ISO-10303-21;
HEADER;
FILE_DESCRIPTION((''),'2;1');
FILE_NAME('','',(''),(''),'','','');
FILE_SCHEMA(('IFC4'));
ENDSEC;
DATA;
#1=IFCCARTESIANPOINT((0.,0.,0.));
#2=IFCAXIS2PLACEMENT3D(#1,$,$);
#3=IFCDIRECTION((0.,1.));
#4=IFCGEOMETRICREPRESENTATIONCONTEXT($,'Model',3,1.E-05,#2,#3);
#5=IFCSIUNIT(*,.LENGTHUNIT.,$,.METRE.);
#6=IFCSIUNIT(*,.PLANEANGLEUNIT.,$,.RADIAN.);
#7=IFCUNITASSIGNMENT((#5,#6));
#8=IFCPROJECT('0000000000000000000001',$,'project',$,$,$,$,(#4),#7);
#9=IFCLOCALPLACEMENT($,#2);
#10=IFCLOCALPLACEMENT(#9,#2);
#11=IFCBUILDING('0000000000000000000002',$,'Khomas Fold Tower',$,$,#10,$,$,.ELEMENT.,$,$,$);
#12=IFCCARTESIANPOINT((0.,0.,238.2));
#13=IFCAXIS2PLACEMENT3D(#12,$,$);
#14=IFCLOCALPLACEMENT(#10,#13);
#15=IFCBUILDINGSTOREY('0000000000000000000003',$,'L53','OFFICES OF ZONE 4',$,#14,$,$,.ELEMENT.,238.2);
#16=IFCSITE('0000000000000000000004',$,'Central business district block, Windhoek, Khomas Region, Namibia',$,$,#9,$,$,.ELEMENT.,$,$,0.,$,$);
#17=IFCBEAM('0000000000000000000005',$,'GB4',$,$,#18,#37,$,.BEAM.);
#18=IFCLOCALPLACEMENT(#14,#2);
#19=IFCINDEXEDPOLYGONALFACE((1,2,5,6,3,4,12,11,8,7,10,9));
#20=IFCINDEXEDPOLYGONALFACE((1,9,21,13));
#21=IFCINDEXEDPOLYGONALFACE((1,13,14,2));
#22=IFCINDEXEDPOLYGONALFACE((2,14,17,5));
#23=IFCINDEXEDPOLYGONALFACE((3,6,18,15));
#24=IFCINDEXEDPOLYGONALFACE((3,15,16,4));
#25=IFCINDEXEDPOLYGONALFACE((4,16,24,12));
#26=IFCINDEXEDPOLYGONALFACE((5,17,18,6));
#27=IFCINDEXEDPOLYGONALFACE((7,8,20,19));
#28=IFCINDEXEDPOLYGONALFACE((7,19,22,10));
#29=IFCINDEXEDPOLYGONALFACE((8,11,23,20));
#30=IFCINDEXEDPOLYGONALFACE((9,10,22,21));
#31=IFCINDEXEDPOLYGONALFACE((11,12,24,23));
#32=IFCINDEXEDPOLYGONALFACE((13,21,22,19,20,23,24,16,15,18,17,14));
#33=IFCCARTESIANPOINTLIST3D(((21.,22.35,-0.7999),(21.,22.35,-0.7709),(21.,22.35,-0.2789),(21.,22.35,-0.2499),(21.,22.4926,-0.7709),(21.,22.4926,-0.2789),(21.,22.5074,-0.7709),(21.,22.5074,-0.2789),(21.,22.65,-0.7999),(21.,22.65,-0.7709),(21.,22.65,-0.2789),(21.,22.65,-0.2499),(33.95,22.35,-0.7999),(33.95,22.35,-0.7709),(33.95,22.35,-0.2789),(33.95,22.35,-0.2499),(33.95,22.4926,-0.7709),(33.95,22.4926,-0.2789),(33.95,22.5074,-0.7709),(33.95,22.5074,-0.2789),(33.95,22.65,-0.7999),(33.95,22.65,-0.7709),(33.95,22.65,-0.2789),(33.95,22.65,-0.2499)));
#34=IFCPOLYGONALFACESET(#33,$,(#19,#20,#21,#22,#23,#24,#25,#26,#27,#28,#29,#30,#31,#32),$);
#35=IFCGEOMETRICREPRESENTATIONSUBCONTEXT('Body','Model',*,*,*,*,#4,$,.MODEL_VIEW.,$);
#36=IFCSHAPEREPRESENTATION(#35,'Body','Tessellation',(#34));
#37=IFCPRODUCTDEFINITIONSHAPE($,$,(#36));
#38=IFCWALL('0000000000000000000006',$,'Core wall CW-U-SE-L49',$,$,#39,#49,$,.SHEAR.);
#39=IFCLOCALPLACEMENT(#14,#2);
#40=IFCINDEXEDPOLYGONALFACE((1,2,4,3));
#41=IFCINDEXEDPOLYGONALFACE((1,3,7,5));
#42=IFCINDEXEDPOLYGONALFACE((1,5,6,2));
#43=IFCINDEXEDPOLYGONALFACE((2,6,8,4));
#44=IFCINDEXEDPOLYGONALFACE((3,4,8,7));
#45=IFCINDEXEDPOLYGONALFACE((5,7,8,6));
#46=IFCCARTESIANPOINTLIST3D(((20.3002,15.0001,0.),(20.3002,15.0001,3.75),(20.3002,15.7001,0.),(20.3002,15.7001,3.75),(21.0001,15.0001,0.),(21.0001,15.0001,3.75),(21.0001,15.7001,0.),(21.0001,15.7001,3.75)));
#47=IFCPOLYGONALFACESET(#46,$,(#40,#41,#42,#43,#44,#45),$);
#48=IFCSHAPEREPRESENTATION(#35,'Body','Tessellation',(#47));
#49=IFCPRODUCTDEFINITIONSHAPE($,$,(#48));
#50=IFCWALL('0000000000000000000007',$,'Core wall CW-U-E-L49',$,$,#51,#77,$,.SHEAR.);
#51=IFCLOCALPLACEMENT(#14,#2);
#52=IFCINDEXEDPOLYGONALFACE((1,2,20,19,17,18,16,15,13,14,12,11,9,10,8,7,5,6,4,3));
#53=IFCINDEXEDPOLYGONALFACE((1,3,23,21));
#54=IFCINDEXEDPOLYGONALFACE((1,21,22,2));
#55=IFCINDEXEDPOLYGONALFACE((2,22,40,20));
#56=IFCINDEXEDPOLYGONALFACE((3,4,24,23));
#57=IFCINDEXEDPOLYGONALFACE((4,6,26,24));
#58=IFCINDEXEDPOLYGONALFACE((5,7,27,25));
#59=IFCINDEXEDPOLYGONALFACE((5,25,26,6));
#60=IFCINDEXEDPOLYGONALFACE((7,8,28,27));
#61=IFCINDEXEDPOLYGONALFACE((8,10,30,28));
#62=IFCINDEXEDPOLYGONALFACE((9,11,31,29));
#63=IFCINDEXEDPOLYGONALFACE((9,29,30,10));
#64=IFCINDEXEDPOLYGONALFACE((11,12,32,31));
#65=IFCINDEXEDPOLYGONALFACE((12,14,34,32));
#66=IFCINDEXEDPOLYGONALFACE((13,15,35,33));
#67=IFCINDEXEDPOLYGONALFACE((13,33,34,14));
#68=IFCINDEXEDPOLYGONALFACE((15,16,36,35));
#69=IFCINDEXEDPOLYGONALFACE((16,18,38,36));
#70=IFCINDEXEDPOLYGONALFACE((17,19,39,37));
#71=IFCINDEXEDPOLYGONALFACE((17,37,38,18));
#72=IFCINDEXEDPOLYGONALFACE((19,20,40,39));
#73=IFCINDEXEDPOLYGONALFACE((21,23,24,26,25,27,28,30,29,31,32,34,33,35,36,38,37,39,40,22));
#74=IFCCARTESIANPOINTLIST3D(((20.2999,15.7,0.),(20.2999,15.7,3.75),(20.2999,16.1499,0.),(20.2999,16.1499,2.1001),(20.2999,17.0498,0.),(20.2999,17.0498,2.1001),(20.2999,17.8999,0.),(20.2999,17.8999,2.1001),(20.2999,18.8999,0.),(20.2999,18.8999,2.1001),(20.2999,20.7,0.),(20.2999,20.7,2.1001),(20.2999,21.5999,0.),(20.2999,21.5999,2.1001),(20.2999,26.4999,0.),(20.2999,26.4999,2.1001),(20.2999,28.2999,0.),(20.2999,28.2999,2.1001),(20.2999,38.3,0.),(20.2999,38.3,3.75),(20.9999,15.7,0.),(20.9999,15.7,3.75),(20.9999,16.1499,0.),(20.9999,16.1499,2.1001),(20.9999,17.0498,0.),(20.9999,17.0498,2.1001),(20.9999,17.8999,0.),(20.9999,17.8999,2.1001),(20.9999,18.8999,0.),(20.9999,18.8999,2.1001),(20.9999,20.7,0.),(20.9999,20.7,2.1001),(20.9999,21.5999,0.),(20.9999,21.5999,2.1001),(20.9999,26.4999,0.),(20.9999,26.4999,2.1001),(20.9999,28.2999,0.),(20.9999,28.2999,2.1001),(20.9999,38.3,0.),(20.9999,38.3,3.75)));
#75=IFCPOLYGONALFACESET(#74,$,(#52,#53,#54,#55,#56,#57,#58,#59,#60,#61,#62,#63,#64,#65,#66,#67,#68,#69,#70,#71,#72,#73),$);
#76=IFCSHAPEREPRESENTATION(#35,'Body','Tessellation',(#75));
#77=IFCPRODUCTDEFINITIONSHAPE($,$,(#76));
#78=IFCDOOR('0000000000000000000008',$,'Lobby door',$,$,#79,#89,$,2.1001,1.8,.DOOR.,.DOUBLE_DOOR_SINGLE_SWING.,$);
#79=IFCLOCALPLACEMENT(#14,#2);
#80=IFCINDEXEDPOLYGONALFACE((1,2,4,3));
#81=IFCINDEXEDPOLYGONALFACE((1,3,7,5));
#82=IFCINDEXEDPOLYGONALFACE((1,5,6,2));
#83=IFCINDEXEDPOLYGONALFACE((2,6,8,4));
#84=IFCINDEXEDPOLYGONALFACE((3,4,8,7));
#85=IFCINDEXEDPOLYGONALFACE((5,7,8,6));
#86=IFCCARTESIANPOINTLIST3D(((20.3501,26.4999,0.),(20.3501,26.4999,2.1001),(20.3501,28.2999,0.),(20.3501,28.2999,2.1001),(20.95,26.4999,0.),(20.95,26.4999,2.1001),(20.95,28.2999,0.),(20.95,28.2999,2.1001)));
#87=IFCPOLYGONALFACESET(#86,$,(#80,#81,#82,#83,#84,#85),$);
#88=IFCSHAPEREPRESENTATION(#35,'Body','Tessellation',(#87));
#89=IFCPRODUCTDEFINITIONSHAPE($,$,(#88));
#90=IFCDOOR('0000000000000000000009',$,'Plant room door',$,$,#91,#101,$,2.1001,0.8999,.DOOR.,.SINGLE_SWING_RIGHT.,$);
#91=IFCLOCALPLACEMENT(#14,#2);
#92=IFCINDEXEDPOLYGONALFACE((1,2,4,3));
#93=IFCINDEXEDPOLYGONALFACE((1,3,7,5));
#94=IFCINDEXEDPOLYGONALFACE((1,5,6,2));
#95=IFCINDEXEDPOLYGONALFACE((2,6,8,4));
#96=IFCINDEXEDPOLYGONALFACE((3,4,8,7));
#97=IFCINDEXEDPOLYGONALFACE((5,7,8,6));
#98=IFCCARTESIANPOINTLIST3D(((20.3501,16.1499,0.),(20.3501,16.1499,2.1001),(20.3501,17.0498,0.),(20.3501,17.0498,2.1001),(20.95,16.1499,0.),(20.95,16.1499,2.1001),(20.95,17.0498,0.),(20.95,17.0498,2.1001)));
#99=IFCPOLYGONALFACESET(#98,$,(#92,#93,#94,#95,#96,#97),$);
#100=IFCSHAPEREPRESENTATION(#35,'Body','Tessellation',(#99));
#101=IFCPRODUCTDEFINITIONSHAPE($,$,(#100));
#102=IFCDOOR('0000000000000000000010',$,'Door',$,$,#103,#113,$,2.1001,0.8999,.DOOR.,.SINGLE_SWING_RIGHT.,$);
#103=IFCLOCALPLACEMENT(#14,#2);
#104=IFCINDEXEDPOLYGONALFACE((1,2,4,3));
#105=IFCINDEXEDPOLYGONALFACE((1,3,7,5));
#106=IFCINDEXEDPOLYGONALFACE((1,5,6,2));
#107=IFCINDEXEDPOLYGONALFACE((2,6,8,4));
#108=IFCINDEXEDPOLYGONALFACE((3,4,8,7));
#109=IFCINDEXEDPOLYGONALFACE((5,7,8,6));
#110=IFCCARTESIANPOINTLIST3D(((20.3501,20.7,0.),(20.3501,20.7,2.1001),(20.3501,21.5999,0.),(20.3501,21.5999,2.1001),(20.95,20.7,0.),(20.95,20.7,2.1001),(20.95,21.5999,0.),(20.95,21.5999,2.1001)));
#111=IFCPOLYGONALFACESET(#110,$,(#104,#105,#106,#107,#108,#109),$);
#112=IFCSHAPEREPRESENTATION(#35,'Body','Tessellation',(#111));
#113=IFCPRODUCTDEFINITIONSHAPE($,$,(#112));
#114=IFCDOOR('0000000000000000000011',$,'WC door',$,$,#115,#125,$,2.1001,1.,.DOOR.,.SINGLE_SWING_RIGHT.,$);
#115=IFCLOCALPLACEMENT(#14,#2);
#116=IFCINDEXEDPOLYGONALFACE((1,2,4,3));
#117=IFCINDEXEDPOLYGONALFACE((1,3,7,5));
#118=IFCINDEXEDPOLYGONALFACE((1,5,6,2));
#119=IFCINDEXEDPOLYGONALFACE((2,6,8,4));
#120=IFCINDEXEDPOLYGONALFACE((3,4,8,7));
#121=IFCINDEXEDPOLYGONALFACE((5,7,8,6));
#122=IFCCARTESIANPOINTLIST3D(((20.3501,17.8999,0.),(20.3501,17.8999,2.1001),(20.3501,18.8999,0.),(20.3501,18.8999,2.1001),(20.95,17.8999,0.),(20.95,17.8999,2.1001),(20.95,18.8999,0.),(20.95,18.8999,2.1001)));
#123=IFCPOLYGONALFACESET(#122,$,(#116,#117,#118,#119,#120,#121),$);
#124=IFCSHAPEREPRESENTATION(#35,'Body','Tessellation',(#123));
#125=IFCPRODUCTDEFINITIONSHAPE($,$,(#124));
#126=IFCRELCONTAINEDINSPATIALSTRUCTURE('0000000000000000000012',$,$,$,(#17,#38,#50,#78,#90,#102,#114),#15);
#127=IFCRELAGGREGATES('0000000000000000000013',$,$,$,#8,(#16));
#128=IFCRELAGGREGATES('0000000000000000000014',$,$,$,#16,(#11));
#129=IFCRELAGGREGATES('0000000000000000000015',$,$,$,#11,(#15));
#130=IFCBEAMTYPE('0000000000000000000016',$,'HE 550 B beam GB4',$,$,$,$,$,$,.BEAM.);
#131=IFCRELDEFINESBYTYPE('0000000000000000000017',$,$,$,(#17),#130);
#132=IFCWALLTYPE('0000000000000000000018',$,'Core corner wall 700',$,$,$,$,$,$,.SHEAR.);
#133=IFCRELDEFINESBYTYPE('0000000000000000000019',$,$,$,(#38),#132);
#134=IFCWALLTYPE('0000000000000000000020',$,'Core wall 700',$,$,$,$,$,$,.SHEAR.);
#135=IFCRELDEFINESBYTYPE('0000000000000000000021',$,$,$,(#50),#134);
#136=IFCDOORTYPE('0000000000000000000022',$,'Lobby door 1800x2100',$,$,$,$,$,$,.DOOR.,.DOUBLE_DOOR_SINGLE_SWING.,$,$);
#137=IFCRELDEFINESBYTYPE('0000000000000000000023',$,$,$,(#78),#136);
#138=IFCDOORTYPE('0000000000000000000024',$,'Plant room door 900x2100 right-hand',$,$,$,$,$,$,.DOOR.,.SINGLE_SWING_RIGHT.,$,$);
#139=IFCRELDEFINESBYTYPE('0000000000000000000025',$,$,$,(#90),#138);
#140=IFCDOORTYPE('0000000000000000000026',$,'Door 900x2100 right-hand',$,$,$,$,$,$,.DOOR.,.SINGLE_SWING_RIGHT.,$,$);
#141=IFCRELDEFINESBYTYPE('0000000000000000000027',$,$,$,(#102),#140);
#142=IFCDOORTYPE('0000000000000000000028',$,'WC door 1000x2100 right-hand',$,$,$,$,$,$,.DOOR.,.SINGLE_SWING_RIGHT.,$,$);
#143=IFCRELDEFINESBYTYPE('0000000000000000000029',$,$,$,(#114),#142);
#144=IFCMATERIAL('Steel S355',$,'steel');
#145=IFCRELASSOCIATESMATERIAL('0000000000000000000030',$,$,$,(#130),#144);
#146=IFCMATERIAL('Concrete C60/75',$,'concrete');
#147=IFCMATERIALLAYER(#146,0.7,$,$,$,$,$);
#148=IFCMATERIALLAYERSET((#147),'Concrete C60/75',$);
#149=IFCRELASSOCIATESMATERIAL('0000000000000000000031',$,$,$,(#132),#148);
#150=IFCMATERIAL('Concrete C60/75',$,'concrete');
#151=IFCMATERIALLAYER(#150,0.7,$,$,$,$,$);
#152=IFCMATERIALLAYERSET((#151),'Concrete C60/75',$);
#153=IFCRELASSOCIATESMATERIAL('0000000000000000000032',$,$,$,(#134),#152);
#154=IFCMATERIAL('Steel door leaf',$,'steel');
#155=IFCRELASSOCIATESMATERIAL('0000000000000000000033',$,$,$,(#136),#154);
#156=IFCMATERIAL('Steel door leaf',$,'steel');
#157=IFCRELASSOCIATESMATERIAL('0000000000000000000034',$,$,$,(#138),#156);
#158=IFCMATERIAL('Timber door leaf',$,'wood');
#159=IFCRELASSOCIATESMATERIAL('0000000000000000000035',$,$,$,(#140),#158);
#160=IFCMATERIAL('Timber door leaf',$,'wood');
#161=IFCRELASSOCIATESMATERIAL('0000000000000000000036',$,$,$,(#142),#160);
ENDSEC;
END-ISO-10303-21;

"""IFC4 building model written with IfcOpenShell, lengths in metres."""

from ifc_helpers import new_model, si_unit, direction, frame, frame_2d, origin, origin_2d, place, context, subcontext, project, spatial, rectangle, i_section, extrude, source, transform, mapped, material, layer, layer_set, material_profile, profile_set, type_object, element, fill, save


model = new_model("IFC4")

# Units and contexts
model_context = context("Model", 3, precision=1e-05, world=origin(), true_north=direction((0.0, 1.0)))
body_context = subcontext(model_context, "Body", "Model", "MODEL_VIEW")
ifc_project = project(units=[si_unit("LENGTHUNIT", "METRE"), si_unit("PLANEANGLEUNIT", "RADIAN")], contexts=[model_context])

# Site, building, storey
site_placement = place(None, origin())
site = spatial("IfcSite", under=ifc_project, at=site_placement, Name="Central business district block, Windhoek, Khomas Region, Namibia", CompositionType="ELEMENT", RefElevation=0.0)
building_placement = place(site_placement, origin())
building = spatial("IfcBuilding", under=site, at=building_placement, Name="Khomas Fold Tower", CompositionType="ELEMENT")
storey_placement = place(building_placement, frame((0.0, 0.0, 238.2)))
storey = spatial("IfcBuildingStorey", under=building, at=storey_placement, Name="L53", Description="OFFICES OF ZONE 4", CompositionType="ELEMENT", Elevation=238.2)

# Beam
ifc_material_1 = material(Name="Steel S355", Category="steel")
ifc_material_profile = material_profile(ifc_material_1, i_section(OverallWidth=0.3, OverallDepth=0.55, WebThickness=0.0149, FlangeThickness=0.0291, at=origin_2d()), Name="HE 550 B")
ifc_profile_set = profile_set([ifc_material_profile], Name="Steel S355")
beam_type = type_object("IfcBeamType", Name="HE 550 B beam GB4", PredefinedType="BEAM", material=ifc_profile_set)
shared_shape_1 = source(origin(), body_context, "Body", "SweptSolid", [
    extrude(i_section(OverallWidth=0.3, OverallDepth=0.55, WebThickness=0.0149, FlangeThickness=0.0291, at=origin_2d()), origin(), (0.0, 0.0, 1.0), 12.95),
])
beam_placement = place(storey_placement, frame((21.0, 22.5, -0.5249), z_axis=(1.0, 0.0, 0.0), x_axis=(0.0, 1.0, 0.0)))
element("IfcBeam", 1, at=beam_placement, inside=storey, type_object=beam_type, Name="GB4", PredefinedType="BEAM", context=body_context, shape_type="MappedRepresentation", body=[
    mapped(shared_shape_1, transform((0.0, 0.0, 0.0))),
])

# Wall
ifc_material_2 = material(Name="Concrete C60/75", Category="concrete")
ifc_layer_1 = layer(ifc_material_2, 0.7)
ifc_layer_set_1 = layer_set([ifc_layer_1], Name="Concrete C60/75")
wall_type_1 = type_object("IfcWallType", Name="Core corner wall 700", PredefinedType="SHEAR", material=ifc_layer_set_1)
shared_shape_2 = source(origin(), body_context, "Body", "SweptSolid", [
    extrude(rectangle(XDim=0.7, YDim=0.7, at=frame_2d((0.3501, 0.0))), origin(), (0.0, 0.0, 1.0), 3.75),
])
wall_1_placement = place(storey_placement, frame((20.3, 15.3501, 0.0), z_axis=(0.0, 0.0, 1.0), x_axis=(1.0, 0.0, 0.0)))
element("IfcWall", 2, at=wall_1_placement, inside=storey, type_object=wall_type_1, Name="Core wall CW-U-SE-L49", PredefinedType="SHEAR", context=body_context, shape_type="MappedRepresentation", body=[
    mapped(shared_shape_2, transform((0.0, 0.0, 0.0))),
])

# Wall, openings, doors
ifc_material_3 = material(Name="Concrete C60/75", Category="concrete")
ifc_layer_2 = layer(ifc_material_3, 0.7)
ifc_layer_set_2 = layer_set([ifc_layer_2], Name="Concrete C60/75")
wall_type_2 = type_object("IfcWallType", Name="Core wall 700", PredefinedType="SHEAR", material=ifc_layer_set_2)
shared_shape_3 = source(origin(), body_context, "Body", "SweptSolid", [
    extrude(rectangle(XDim=22.6001, YDim=0.7, at=frame_2d((11.3, 0.0))), origin(), (0.0, 0.0, 1.0), 3.75),
])
wall_2_placement = place(storey_placement, frame((20.6499, 15.7, 0.0), z_axis=(0.0, 0.0, 1.0), x_axis=(0.0, 1.0, 0.0)))
wall_2 = element("IfcWall", 3, at=wall_2_placement, inside=storey, type_object=wall_type_2, Name="Core wall CW-U-E-L49", PredefinedType="SHEAR", context=body_context, shape_type="MappedRepresentation", body=[
    mapped(shared_shape_3, transform((0.0, 0.0, 0.0))),
])
shared_shape_4 = source(origin(), body_context, "Body", "SweptSolid", [
    extrude(rectangle(XDim=1.8, YDim=2.1001, at=frame_2d((0.8999, 1.05))), frame((0.0, 0.3599, 0.0), z_axis=(0.0, -1.0, 0.0), x_axis=(1.0, 0.0, 0.0)), (0.0, 0.0, 1.0), 0.72),
])
opening_1_placement = place(wall_2_placement, frame((10.8, 0.0, 0.0)))
opening_1 = element("IfcOpeningElement", 4, at=opening_1_placement, cuts=wall_2, PredefinedType="OPENING", context=body_context, shape_type="MappedRepresentation", body=[
    mapped(shared_shape_4, transform((0.0, 0.0, 0.0))),
])
shared_shape_5 = source(origin(), body_context, "Body", "SweptSolid", [
    extrude(rectangle(XDim=0.8999, YDim=2.1001, at=frame_2d((0.45, 1.05))), frame((0.0, 0.3599, 0.0), z_axis=(0.0, -1.0, 0.0), x_axis=(1.0, 0.0, 0.0)), (0.0, 0.0, 1.0), 0.72),
])
opening_2_placement = place(wall_2_placement, frame((0.45, 0.0, 0.0)))
opening_2 = element("IfcOpeningElement", 5, at=opening_2_placement, cuts=wall_2, PredefinedType="OPENING", context=body_context, shape_type="MappedRepresentation", body=[
    mapped(shared_shape_5, transform((0.0, 0.0, 0.0))),
])
shared_shape_6 = source(origin(), body_context, "Body", "SweptSolid", [
    extrude(rectangle(XDim=1.0, YDim=2.1001, at=frame_2d((0.5, 1.05))), frame((0.0, 0.3599, 0.0), z_axis=(0.0, -1.0, 0.0), x_axis=(1.0, 0.0, 0.0)), (0.0, 0.0, 1.0), 0.72),
])
opening_3_placement = place(wall_2_placement, frame((2.2, 0.0, 0.0)))
opening_3 = element("IfcOpeningElement", 6, at=opening_3_placement, cuts=wall_2, PredefinedType="OPENING", context=body_context, shape_type="MappedRepresentation", body=[
    mapped(shared_shape_6, transform((0.0, 0.0, 0.0))),
])
opening_4_placement = place(wall_2_placement, frame((5.0, 0.0, 0.0)))
opening_4 = element("IfcOpeningElement", 7, at=opening_4_placement, cuts=wall_2, PredefinedType="OPENING", context=body_context, shape_type="MappedRepresentation", body=[
    mapped(shared_shape_5, transform((0.0, 0.0, 0.0))),
])
ifc_material_4 = material(Name="Steel door leaf", Category="steel")
door_type_1 = type_object("IfcDoorType", Name="Lobby door 1800x2100", OperationType="DOUBLE_DOOR_SINGLE_SWING", PredefinedType="DOOR", material=ifc_material_4)
shared_shape_7 = source(origin(), body_context, "Body", "SweptSolid", [
    extrude(rectangle(XDim=1.8, YDim=2.1001, at=frame_2d((0.8999, 1.05))), frame((0.0, 0.2998, 0.0), z_axis=(0.0, -1.0, 0.0), x_axis=(1.0, 0.0, 0.0)), (0.0, 0.0, 1.0), 0.5999),
])
door_1_placement = place(opening_1_placement, origin())
door_1 = element("IfcDoor", 8, at=door_1_placement, inside=storey, type_object=door_type_1, Name="Lobby door", OperationType="DOUBLE_DOOR_SINGLE_SWING", OverallHeight=2.1001, OverallWidth=1.8, PredefinedType="DOOR", context=body_context, shape_type="MappedRepresentation", body=[
    mapped(shared_shape_7, transform((0.0, 0.0, 0.0))),
])
fill(opening_1, door_1)
ifc_material_5 = material(Name="Steel door leaf", Category="steel")
door_type_2 = type_object("IfcDoorType", Name="Plant room door 900x2100 right-hand", OperationType="SINGLE_SWING_RIGHT", PredefinedType="DOOR", material=ifc_material_5)
shared_shape_8 = source(origin(), body_context, "Body", "SweptSolid", [
    extrude(rectangle(XDim=0.8999, YDim=2.1001, at=frame_2d((0.45, 1.05))), frame((0.0, 0.2998, 0.0), z_axis=(0.0, -1.0, 0.0), x_axis=(1.0, 0.0, 0.0)), (0.0, 0.0, 1.0), 0.5999),
])
door_2_placement = place(opening_2_placement, origin())
door_2 = element("IfcDoor", 9, at=door_2_placement, inside=storey, type_object=door_type_2, Name="Plant room door", OperationType="SINGLE_SWING_RIGHT", OverallHeight=2.1001, OverallWidth=0.8999, PredefinedType="DOOR", context=body_context, shape_type="MappedRepresentation", body=[
    mapped(shared_shape_8, transform((0.0, 0.0, 0.0))),
])
fill(opening_2, door_2)
ifc_material_6 = material(Name="Timber door leaf", Category="wood")
door_type_3 = type_object("IfcDoorType", Name="Door 900x2100 right-hand", OperationType="SINGLE_SWING_RIGHT", PredefinedType="DOOR", material=ifc_material_6)
door_3_placement = place(opening_4_placement, origin())
door_3 = element("IfcDoor", 10, at=door_3_placement, inside=storey, type_object=door_type_3, Name="Door", OperationType="SINGLE_SWING_RIGHT", OverallHeight=2.1001, OverallWidth=0.8999, PredefinedType="DOOR", context=body_context, shape_type="MappedRepresentation", body=[
    mapped(shared_shape_8, transform((0.0, 0.0, 0.0))),
])
fill(opening_4, door_3)
ifc_material_7 = material(Name="Timber door leaf", Category="wood")
door_type_4 = type_object("IfcDoorType", Name="WC door 1000x2100 right-hand", OperationType="SINGLE_SWING_RIGHT", PredefinedType="DOOR", material=ifc_material_7)
shared_shape_9 = source(origin(), body_context, "Body", "SweptSolid", [
    extrude(rectangle(XDim=1.0, YDim=2.1001, at=frame_2d((0.5, 1.05))), frame((0.0, 0.2998, 0.0), z_axis=(0.0, -1.0, 0.0), x_axis=(1.0, 0.0, 0.0)), (0.0, 0.0, 1.0), 0.5999),
])
door_4_placement = place(opening_3_placement, origin())
door_4 = element("IfcDoor", 11, at=door_4_placement, inside=storey, type_object=door_type_4, Name="WC door", OperationType="SINGLE_SWING_RIGHT", OverallHeight=2.1001, OverallWidth=1.0, PredefinedType="DOOR", context=body_context, shape_type="MappedRepresentation", body=[
    mapped(shared_shape_9, transform((0.0, 0.0, 0.0))),
])
fill(opening_3, door_4)

save(model, "model.ifc")
